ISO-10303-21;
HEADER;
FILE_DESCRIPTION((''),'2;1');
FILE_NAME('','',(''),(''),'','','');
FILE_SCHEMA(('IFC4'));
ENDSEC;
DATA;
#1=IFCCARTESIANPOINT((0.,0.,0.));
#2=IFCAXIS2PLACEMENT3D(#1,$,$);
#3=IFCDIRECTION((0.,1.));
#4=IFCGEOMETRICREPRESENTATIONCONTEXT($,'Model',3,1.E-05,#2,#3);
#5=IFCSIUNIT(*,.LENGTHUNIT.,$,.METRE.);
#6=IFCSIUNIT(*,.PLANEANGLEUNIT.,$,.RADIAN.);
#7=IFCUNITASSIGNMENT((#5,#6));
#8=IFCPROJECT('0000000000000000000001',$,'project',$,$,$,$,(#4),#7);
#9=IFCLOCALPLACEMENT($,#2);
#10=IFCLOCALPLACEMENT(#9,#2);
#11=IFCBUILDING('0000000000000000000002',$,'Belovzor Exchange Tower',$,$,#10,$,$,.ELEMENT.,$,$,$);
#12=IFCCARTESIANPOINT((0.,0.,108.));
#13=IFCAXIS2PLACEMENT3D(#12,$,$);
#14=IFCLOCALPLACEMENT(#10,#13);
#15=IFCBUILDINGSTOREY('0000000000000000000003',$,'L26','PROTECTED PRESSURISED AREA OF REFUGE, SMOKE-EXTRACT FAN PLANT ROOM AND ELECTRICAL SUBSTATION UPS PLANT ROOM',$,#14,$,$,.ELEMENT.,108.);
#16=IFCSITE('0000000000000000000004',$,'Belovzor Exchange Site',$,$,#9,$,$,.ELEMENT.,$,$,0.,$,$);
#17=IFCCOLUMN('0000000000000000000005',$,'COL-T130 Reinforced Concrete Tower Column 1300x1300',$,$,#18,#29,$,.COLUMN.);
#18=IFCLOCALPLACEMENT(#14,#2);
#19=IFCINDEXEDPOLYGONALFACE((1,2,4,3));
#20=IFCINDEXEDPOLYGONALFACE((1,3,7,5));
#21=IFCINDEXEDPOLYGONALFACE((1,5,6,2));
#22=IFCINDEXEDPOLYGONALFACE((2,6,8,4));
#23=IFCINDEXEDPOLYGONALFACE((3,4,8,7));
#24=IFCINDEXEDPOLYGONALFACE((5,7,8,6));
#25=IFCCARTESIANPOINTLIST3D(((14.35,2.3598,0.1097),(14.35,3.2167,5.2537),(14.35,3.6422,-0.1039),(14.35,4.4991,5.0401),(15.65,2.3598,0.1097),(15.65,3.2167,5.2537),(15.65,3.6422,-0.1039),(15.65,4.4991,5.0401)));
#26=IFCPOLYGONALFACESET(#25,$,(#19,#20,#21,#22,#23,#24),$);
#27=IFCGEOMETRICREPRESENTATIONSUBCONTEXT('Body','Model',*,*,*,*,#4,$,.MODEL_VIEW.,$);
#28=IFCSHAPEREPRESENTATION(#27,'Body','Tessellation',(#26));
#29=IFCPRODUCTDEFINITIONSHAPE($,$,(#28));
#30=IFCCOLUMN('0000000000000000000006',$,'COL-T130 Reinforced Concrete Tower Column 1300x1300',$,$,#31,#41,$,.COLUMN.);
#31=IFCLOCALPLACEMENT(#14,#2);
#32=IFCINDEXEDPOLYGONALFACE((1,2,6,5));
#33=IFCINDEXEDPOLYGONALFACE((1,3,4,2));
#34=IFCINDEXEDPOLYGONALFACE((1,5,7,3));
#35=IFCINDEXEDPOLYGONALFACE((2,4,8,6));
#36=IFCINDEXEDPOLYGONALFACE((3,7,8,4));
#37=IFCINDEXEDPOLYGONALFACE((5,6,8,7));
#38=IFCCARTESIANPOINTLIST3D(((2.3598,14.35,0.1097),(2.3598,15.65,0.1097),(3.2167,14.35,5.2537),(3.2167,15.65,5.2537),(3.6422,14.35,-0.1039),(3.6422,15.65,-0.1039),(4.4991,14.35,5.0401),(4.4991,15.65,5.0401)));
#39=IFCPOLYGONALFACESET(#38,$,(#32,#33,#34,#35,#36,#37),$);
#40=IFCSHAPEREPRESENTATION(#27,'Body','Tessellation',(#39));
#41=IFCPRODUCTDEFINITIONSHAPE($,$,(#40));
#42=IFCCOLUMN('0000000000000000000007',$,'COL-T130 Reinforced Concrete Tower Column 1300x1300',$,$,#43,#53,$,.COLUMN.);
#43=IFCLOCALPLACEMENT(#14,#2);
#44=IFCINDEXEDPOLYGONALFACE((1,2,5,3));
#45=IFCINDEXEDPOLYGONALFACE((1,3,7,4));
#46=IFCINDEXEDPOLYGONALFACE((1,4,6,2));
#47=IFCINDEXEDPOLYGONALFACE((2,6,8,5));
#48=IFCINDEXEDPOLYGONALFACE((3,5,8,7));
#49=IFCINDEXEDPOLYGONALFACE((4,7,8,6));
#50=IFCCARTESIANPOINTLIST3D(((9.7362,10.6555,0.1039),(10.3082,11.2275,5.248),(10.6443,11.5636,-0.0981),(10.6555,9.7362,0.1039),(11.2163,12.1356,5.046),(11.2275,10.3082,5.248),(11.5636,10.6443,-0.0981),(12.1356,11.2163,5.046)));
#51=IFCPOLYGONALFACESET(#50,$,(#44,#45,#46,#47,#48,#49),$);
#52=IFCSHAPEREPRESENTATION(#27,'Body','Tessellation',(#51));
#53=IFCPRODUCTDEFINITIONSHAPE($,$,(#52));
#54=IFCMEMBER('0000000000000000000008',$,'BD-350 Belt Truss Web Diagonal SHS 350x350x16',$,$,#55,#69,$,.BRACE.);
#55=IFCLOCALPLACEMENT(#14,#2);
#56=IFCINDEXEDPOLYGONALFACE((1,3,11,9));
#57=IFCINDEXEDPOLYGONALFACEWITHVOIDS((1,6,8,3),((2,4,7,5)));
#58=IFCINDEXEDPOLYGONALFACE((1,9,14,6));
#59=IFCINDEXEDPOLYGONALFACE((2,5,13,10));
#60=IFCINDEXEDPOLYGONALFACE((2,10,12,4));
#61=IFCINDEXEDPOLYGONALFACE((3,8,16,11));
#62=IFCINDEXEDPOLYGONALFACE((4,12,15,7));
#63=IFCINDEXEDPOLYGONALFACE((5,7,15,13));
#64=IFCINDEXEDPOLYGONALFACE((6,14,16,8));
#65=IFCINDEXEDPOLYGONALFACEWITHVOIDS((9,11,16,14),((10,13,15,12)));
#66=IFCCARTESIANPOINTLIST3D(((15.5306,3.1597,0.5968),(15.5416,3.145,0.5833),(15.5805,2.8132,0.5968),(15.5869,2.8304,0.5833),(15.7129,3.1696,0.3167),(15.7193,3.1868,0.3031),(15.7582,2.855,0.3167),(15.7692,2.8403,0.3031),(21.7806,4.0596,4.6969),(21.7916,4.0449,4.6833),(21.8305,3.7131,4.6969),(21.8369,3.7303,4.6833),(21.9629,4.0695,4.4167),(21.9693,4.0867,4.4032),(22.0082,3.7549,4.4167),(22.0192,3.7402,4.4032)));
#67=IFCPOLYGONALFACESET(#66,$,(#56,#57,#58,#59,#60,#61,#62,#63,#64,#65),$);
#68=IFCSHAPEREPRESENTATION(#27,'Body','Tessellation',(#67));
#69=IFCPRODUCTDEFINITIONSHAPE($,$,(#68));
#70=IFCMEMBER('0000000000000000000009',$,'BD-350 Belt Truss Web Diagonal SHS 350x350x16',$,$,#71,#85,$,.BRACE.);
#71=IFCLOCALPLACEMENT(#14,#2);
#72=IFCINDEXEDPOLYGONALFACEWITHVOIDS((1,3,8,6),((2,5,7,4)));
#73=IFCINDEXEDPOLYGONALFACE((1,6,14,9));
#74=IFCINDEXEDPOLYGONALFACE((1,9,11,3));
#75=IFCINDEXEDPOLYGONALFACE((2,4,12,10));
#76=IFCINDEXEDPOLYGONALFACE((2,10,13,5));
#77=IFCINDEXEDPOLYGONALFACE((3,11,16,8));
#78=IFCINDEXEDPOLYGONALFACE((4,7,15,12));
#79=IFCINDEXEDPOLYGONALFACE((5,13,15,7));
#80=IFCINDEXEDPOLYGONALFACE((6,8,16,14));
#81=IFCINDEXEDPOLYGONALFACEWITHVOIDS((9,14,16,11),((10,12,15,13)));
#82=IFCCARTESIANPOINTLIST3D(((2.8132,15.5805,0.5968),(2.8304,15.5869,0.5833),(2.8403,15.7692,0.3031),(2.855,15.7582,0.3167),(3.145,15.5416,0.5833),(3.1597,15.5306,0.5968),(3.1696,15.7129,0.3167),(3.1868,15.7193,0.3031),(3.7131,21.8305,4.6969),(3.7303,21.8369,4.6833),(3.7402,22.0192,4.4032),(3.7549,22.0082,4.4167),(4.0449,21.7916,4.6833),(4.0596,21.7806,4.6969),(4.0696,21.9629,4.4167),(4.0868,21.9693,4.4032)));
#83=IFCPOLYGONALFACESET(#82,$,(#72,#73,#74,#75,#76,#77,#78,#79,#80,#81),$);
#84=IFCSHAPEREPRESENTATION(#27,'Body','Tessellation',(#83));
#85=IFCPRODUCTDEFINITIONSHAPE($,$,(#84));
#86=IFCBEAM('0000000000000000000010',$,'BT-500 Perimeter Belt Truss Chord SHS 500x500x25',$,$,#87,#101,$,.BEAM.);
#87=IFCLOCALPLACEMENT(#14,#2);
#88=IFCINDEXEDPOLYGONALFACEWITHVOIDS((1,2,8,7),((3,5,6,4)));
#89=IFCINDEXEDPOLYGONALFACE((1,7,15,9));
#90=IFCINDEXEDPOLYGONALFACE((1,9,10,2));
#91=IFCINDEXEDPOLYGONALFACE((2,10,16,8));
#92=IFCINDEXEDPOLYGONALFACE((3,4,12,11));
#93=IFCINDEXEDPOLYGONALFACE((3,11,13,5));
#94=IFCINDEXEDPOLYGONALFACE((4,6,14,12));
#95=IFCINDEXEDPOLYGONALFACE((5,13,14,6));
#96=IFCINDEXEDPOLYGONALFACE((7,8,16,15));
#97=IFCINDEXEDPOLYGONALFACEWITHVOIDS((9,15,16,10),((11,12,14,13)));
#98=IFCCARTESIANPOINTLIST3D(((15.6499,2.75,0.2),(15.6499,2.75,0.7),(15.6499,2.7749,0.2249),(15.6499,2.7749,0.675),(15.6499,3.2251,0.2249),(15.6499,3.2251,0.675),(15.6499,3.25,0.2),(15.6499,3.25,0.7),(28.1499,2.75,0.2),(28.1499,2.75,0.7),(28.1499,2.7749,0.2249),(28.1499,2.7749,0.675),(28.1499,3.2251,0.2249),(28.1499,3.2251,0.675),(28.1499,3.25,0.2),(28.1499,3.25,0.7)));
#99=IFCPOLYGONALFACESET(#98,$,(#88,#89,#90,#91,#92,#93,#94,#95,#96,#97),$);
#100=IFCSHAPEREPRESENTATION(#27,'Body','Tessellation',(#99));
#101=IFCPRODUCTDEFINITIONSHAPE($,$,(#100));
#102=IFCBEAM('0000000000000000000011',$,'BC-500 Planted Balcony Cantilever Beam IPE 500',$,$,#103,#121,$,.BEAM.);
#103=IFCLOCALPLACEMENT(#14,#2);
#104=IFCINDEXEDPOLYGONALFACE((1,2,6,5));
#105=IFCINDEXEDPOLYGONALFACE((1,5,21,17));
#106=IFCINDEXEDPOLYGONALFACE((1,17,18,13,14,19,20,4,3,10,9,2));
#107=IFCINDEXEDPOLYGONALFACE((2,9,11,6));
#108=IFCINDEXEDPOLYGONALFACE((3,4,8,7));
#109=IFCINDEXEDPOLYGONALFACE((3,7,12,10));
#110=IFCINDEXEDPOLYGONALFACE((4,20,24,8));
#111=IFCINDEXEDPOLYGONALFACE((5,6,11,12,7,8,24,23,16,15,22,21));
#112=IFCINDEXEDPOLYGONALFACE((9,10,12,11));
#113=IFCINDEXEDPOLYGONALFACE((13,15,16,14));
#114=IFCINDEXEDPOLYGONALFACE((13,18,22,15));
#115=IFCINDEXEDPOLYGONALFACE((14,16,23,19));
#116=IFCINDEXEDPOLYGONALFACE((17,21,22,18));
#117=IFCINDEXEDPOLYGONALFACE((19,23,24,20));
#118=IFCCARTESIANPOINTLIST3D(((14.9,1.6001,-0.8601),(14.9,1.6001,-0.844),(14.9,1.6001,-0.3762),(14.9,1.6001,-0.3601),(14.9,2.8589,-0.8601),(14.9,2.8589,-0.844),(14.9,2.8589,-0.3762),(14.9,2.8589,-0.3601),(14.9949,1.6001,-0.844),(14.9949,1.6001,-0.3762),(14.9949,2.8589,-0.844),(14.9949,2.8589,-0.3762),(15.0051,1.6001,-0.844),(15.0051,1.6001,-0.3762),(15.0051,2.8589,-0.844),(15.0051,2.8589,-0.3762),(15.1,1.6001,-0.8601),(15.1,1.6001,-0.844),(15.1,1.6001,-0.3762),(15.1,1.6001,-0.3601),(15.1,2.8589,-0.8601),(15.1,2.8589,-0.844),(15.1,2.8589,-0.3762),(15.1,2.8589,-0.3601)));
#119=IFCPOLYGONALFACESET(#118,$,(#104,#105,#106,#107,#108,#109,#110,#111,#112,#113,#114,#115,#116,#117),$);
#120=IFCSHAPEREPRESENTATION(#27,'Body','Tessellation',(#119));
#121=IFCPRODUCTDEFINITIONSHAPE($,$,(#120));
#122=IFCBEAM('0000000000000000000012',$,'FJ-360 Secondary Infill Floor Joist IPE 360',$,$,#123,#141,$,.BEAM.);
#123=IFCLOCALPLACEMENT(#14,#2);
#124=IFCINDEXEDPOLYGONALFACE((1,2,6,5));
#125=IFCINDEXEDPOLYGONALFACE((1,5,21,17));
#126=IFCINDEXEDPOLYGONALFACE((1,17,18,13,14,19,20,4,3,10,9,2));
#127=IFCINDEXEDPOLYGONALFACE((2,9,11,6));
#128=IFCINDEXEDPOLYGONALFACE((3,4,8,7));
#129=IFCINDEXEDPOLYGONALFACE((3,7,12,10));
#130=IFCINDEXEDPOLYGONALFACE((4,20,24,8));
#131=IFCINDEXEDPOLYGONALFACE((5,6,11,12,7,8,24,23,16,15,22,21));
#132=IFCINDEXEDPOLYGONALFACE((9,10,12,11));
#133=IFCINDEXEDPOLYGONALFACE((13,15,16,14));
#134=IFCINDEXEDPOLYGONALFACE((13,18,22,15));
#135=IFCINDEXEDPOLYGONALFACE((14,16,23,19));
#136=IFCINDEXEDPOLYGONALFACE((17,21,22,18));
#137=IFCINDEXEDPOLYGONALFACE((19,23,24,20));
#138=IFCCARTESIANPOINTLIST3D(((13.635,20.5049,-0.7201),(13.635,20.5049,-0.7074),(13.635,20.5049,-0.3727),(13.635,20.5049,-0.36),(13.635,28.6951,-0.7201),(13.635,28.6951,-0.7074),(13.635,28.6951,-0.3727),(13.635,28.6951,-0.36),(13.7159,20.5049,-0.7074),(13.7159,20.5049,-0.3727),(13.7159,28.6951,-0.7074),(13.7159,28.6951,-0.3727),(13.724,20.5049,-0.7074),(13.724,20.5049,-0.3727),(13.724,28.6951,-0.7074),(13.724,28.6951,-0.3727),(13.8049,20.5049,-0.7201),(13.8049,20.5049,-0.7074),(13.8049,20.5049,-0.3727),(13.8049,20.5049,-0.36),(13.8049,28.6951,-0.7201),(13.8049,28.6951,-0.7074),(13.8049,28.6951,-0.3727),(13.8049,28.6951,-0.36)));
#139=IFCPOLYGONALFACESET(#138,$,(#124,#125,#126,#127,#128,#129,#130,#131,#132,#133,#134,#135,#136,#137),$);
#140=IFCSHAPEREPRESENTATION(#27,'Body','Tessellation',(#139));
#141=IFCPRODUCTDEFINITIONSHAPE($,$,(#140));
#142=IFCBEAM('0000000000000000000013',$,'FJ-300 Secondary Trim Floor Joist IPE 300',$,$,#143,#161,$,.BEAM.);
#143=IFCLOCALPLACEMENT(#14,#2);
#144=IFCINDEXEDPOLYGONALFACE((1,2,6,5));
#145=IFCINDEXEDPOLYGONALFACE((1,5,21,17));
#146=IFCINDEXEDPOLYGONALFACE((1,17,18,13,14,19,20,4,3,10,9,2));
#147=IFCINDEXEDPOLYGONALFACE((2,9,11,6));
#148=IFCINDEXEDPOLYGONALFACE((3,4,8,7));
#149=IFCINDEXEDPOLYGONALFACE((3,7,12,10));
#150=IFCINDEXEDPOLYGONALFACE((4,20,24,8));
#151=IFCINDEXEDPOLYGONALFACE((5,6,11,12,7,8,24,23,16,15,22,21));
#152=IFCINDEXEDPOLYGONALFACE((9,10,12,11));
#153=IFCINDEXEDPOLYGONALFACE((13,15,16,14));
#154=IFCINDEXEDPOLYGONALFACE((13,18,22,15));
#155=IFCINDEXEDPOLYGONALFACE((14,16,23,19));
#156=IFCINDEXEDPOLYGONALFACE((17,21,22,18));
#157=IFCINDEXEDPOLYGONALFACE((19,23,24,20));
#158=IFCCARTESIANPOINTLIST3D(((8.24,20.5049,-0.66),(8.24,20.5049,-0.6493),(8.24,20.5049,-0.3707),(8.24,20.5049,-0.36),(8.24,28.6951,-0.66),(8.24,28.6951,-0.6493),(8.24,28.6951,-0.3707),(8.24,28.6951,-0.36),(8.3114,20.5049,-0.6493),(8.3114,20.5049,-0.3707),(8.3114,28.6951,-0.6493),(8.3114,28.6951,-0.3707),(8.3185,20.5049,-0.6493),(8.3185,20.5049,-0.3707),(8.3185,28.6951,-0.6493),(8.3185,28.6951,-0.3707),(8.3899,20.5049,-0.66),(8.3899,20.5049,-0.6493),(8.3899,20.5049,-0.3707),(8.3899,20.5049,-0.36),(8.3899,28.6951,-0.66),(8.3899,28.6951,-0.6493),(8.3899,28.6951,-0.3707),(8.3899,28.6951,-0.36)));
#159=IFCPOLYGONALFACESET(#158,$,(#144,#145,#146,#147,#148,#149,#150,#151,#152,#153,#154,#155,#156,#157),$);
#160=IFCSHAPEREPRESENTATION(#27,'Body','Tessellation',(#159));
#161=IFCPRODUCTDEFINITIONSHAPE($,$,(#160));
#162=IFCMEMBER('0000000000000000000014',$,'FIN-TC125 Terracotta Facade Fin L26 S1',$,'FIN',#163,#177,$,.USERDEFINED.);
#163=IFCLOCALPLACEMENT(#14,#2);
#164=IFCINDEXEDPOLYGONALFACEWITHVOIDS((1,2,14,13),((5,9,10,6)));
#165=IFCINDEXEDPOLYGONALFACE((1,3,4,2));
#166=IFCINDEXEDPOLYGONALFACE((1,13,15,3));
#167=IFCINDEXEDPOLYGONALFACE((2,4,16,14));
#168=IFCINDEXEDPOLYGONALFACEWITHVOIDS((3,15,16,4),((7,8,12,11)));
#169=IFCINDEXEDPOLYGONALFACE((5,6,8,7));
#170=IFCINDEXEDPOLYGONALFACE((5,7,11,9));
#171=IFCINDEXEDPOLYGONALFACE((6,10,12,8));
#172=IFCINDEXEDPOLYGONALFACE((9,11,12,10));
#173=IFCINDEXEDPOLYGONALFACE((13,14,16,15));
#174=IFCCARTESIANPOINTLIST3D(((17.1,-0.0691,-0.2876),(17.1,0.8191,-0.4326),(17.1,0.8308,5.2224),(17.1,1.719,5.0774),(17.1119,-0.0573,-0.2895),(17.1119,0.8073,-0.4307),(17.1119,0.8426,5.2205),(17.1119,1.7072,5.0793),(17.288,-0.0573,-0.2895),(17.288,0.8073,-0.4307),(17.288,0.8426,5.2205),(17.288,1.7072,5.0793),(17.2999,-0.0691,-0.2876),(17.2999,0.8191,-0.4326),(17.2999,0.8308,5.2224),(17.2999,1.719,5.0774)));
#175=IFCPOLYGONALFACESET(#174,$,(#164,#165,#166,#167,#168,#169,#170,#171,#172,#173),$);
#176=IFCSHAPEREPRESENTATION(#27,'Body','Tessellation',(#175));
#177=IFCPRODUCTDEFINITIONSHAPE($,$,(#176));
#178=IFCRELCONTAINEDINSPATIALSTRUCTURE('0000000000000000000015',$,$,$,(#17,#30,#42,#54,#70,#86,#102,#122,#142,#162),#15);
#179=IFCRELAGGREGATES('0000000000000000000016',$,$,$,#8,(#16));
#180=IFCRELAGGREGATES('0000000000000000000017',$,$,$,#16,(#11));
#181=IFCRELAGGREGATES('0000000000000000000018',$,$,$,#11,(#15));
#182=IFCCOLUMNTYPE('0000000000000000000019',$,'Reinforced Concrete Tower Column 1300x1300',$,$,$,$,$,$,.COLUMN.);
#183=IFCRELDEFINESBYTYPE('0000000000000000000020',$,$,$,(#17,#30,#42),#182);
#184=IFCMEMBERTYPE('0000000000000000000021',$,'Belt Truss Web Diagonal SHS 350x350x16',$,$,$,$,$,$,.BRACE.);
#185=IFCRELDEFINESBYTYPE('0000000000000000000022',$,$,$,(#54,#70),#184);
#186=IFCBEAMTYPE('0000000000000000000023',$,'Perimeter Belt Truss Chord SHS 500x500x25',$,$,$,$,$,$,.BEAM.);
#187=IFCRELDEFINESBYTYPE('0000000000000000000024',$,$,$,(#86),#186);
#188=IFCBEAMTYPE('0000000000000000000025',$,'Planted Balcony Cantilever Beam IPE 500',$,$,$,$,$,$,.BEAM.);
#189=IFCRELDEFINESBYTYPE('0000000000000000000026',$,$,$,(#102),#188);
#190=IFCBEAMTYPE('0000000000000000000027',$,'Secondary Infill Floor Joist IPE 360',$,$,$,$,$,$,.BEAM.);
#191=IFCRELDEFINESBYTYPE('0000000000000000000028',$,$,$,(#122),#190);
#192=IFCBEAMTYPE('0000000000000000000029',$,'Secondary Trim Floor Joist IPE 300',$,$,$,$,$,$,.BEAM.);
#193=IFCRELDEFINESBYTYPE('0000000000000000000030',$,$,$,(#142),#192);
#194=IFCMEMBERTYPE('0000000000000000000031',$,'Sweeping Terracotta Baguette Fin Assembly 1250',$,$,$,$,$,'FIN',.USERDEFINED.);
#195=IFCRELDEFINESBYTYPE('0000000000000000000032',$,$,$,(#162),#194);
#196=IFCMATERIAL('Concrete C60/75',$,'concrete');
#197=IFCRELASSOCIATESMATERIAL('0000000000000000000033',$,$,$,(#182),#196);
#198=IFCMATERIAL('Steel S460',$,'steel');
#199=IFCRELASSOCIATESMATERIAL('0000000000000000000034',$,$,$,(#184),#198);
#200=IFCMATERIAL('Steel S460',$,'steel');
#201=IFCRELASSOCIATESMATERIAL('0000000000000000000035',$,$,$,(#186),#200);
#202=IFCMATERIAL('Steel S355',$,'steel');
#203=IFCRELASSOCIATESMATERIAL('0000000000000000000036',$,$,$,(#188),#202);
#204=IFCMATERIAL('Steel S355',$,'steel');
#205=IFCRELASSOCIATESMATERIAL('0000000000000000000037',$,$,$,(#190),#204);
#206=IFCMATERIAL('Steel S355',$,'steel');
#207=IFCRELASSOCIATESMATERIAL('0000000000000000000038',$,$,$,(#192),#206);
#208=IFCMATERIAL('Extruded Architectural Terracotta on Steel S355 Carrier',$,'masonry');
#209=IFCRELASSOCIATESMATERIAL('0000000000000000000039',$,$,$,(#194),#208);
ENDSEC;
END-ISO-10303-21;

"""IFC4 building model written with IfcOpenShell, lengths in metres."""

from ifc_helpers import new_model, si_unit, direction, frame, origin, origin_2d, place, context, subcontext, project, spatial, rectangle, hollow_rectangle, i_section, extrude, material, material_profile, profile_set, type_object, element, save


model = new_model("IFC4")

# Units and contexts
model_context = context("Model", 3, precision=1e-05, world=origin(), true_north=direction((0.0, 1.0)))
body_context = subcontext(model_context, "Body", "Model", "MODEL_VIEW")
ifc_project = project(units=[si_unit("LENGTHUNIT", "METRE"), si_unit("PLANEANGLEUNIT", "RADIAN")], contexts=[model_context])

# Site, building, storey
site_placement = place(None, origin())
site = spatial("IfcSite", under=ifc_project, at=site_placement, Name="Belovzor Exchange Site", CompositionType="ELEMENT", RefElevation=0.0)
building_placement = place(site_placement, origin())
building = spatial("IfcBuilding", under=site, at=building_placement, Name="Belovzor Exchange Tower", CompositionType="ELEMENT")
storey_placement = place(building_placement, frame((0.0, 0.0, 108.0)))
storey = spatial("IfcBuildingStorey", under=building, at=storey_placement, Name="L26", Description="PROTECTED PRESSURISED AREA OF REFUGE, SMOKE-EXTRACT FAN PLANT ROOM AND ELECTRICAL SUBSTATION UPS PLANT ROOM", CompositionType="ELEMENT", Elevation=108.0)

# Columns
ifc_material_1 = material(Name="Concrete C60/75", Category="concrete")
ifc_material_profile_1 = material_profile(ifc_material_1, rectangle(XDim=1.3, YDim=1.3, at=origin_2d()))
ifc_profile_set_1 = profile_set([ifc_material_profile_1], Name="Concrete C60/75")
column_type = type_object("IfcColumnType", Name="Reinforced Concrete Tower Column 1300x1300", PredefinedType="COLUMN", material=ifc_profile_set_1)
for number, where, z_axis, x_axis, name in (
    (1, (15.0, 3.001, 0.0029), (0.0, 0.164323, 0.986407), (-1.0, 0.0, 0.0), "COL-T130 Reinforced Concrete Tower Column 1300x1300"),
    (2, (3.001, 15.0, 0.0029), (0.164323, 0.0, 0.986407), (0.0, 1.0, 0.0), "COL-T130 Reinforced Concrete Tower Column 1300x1300"),
):
    element("IfcColumn", number, at=place(storey_placement, frame(where, z_axis=z_axis, x_axis=x_axis)), inside=storey, type_object=column_type, Name=name, PredefinedType="COLUMN", context=body_context, shape_type="SweptSolid", body=[
        extrude(rectangle(XDim=1.3, YDim=1.3, at=origin_2d()), origin(), (0.0, 0.0, 1.0), 5.2148),
    ])
column_placement = place(storey_placement, frame((10.6499, 10.6499, 0.0029), z_axis=(0.109851, 0.109851, 0.987859), x_axis=(-0.707107, 0.707107, 0.0)))
element("IfcColumn", 3, at=column_placement, inside=storey, type_object=column_type, Name="COL-T130 Reinforced Concrete Tower Column 1300x1300", PredefinedType="COLUMN", context=body_context, shape_type="SweptSolid", body=[
    extrude(rectangle(XDim=1.3, YDim=1.3, at=origin_2d()), origin(), (0.0, 0.0, 1.0), 5.2073),
])

# Members
ifc_material_2 = material(Name="Steel S460", Category="steel")
ifc_material_profile_2 = material_profile(ifc_material_2, hollow_rectangle(XDim=0.3501, YDim=0.3501, WallThickness=0.0161, at=origin_2d()))
ifc_profile_set_2 = profile_set([ifc_material_profile_2], Name="Steel S460")
member_type_1 = type_object("IfcMemberType", Name="Belt Truss Web Diagonal SHS 350x350x16", PredefinedType="BRACE", material=ifc_profile_set_2)
for number, where, z_axis, x_axis, name in (
    (4, (15.6499, 3.0, 0.45), (0.830143, 0.119528, 0.544587), (-0.142515, 0.989793, 0.0), "BD-350 Belt Truss Web Diagonal SHS 350x350x16"),
    (5, (3.8999, 21.8999, 4.55), (-0.119528, -0.830143, -0.544587), (0.989793, -0.142515, 0.0), "BD-350 Belt Truss Web Diagonal SHS 350x350x16"),
):
    element("IfcMember", number, at=place(storey_placement, frame(where, z_axis=z_axis, x_axis=x_axis)), inside=storey, type_object=member_type_1, Name=name, PredefinedType="BRACE", context=body_context, shape_type="SweptSolid", body=[
        extrude(hollow_rectangle(XDim=0.3501, YDim=0.3501, WallThickness=0.0161, at=origin_2d()), origin(), (0.0, 0.0, 1.0), 7.5288),
    ])

# Beams
ifc_material_3 = material(Name="Steel S460", Category="steel")
ifc_material_profile_3 = material_profile(ifc_material_3, hollow_rectangle(XDim=0.5, YDim=0.5, WallThickness=0.0249, at=origin_2d()))
ifc_profile_set_3 = profile_set([ifc_material_profile_3], Name="Steel S460")
beam_type_1 = type_object("IfcBeamType", Name="Perimeter Belt Truss Chord SHS 500x500x25", PredefinedType="BEAM", material=ifc_profile_set_3)
beam_1_placement = place(storey_placement, frame((15.6499, 3.0, 0.45), z_axis=(1.0, 0.0, 0.0), x_axis=(0.0, 1.0, 0.0)))
element("IfcBeam", 6, at=beam_1_placement, inside=storey, type_object=beam_type_1, Name="BT-500 Perimeter Belt Truss Chord SHS 500x500x25", PredefinedType="BEAM", context=body_context, shape_type="SweptSolid", body=[
    extrude(hollow_rectangle(XDim=0.5, YDim=0.5, WallThickness=0.0249, at=origin_2d()), origin(), (0.0, 0.0, 1.0), 12.5),
])
ifc_material_4 = material(Name="Steel S355", Category="steel")
ifc_material_profile_4 = material_profile(ifc_material_4, i_section(OverallWidth=0.2, OverallDepth=0.5, WebThickness=0.0103, FlangeThickness=0.0161, at=origin_2d()))
ifc_profile_set_4 = profile_set([ifc_material_profile_4], Name="Steel S355")
beam_type_2 = type_object("IfcBeamType", Name="Planted Balcony Cantilever Beam IPE 500", PredefinedType="BEAM", material=ifc_profile_set_4)
beam_2_placement = place(storey_placement, frame((15.0, 2.8589, -0.6101), z_axis=(0.0, -1.0, 0.0), x_axis=(1.0, 0.0, 0.0)))
element("IfcBeam", 7, at=beam_2_placement, inside=storey, type_object=beam_type_2, Name="BC-500 Planted Balcony Cantilever Beam IPE 500", PredefinedType="BEAM", context=body_context, shape_type="SweptSolid", body=[
    extrude(i_section(OverallWidth=0.2, OverallDepth=0.5, WebThickness=0.0103, FlangeThickness=0.0161, at=origin_2d()), origin(), (0.0, 0.0, 1.0), 1.2588),
])
ifc_material_5 = material(Name="Steel S355", Category="steel")
ifc_material_profile_5 = material_profile(ifc_material_5, i_section(OverallWidth=0.1699, OverallDepth=0.3601, WebThickness=0.0081, FlangeThickness=0.0127, at=origin_2d()))
ifc_profile_set_5 = profile_set([ifc_material_profile_5], Name="Steel S355")
beam_type_3 = type_object("IfcBeamType", Name="Secondary Infill Floor Joist IPE 360", PredefinedType="BEAM", material=ifc_profile_set_5)
beam_3_placement = place(storey_placement, frame((13.72, 20.5049, -0.54), z_axis=(0.0, 1.0, 0.0), x_axis=(-1.0, 0.0, 0.0)))
element("IfcBeam", 8, at=beam_3_placement, inside=storey, type_object=beam_type_3, Name="FJ-360 Secondary Infill Floor Joist IPE 360", PredefinedType="BEAM", context=body_context, shape_type="SweptSolid", body=[
    extrude(i_section(OverallWidth=0.1699, OverallDepth=0.3601, WebThickness=0.0081, FlangeThickness=0.0127, at=origin_2d()), origin(), (0.0, 0.0, 1.0), 8.1902),
])
ifc_material_6 = material(Name="Steel S355", Category="steel")
ifc_material_profile_6 = material_profile(ifc_material_6, i_section(OverallWidth=0.1499, OverallDepth=0.3, WebThickness=0.0071, FlangeThickness=0.0107, at=origin_2d()))
ifc_profile_set_6 = profile_set([ifc_material_profile_6], Name="Steel S355")
beam_type_4 = type_object("IfcBeamType", Name="Secondary Trim Floor Joist IPE 300", PredefinedType="BEAM", material=ifc_profile_set_6)
beam_4_placement = place(storey_placement, frame((8.3149, 20.5049, -0.51), z_axis=(0.0, 1.0, 0.0), x_axis=(-1.0, 0.0, 0.0)))
element("IfcBeam", 9, at=beam_4_placement, inside=storey, type_object=beam_type_4, Name="FJ-300 Secondary Trim Floor Joist IPE 300", PredefinedType="BEAM", context=body_context, shape_type="SweptSolid", body=[
    extrude(i_section(OverallWidth=0.1499, OverallDepth=0.3, WebThickness=0.0071, FlangeThickness=0.0107, at=origin_2d()), origin(), (0.0, 0.0, 1.0), 8.1902),
])

# Member
ifc_material_7 = material(Name="Extruded Architectural Terracotta on Steel S355 Carrier", Category="masonry")
ifc_material_profile_7 = material_profile(ifc_material_7, hollow_rectangle(XDim=0.2, YDim=0.8999, WallThickness=0.012, at=origin_2d()))
ifc_profile_set_7 = profile_set([ifc_material_profile_7], Name="Extruded Architectural Terracotta on Steel S355 Carrier")
member_type_2 = type_object("IfcMemberType", Name="Sweeping Terracotta Baguette Fin Assembly 1250", ElementType="FIN", PredefinedType="USERDEFINED", material=ifc_profile_set_7)
for number, where, z_axis, x_axis, name in (
    (10, (17.2, 0.375, -0.3601), (0.0, 0.161186, 0.986924), (-1.0, 0.0, 0.0), "FIN-TC125 Terracotta Facade Fin L26 S1"),
):
    element("IfcMember", number, at=place(storey_placement, frame(where, z_axis=z_axis, x_axis=x_axis)), inside=storey, type_object=member_type_2, Name=name, ObjectType="FIN", PredefinedType="USERDEFINED", context=body_context, shape_type="SweptSolid", body=[
        extrude(hollow_rectangle(XDim=0.2, YDim=0.8999, WallThickness=0.012, at=origin_2d()), origin(), (0.0, 0.0, 1.0), 5.583),
    ])

save(model, "model.ifc")
